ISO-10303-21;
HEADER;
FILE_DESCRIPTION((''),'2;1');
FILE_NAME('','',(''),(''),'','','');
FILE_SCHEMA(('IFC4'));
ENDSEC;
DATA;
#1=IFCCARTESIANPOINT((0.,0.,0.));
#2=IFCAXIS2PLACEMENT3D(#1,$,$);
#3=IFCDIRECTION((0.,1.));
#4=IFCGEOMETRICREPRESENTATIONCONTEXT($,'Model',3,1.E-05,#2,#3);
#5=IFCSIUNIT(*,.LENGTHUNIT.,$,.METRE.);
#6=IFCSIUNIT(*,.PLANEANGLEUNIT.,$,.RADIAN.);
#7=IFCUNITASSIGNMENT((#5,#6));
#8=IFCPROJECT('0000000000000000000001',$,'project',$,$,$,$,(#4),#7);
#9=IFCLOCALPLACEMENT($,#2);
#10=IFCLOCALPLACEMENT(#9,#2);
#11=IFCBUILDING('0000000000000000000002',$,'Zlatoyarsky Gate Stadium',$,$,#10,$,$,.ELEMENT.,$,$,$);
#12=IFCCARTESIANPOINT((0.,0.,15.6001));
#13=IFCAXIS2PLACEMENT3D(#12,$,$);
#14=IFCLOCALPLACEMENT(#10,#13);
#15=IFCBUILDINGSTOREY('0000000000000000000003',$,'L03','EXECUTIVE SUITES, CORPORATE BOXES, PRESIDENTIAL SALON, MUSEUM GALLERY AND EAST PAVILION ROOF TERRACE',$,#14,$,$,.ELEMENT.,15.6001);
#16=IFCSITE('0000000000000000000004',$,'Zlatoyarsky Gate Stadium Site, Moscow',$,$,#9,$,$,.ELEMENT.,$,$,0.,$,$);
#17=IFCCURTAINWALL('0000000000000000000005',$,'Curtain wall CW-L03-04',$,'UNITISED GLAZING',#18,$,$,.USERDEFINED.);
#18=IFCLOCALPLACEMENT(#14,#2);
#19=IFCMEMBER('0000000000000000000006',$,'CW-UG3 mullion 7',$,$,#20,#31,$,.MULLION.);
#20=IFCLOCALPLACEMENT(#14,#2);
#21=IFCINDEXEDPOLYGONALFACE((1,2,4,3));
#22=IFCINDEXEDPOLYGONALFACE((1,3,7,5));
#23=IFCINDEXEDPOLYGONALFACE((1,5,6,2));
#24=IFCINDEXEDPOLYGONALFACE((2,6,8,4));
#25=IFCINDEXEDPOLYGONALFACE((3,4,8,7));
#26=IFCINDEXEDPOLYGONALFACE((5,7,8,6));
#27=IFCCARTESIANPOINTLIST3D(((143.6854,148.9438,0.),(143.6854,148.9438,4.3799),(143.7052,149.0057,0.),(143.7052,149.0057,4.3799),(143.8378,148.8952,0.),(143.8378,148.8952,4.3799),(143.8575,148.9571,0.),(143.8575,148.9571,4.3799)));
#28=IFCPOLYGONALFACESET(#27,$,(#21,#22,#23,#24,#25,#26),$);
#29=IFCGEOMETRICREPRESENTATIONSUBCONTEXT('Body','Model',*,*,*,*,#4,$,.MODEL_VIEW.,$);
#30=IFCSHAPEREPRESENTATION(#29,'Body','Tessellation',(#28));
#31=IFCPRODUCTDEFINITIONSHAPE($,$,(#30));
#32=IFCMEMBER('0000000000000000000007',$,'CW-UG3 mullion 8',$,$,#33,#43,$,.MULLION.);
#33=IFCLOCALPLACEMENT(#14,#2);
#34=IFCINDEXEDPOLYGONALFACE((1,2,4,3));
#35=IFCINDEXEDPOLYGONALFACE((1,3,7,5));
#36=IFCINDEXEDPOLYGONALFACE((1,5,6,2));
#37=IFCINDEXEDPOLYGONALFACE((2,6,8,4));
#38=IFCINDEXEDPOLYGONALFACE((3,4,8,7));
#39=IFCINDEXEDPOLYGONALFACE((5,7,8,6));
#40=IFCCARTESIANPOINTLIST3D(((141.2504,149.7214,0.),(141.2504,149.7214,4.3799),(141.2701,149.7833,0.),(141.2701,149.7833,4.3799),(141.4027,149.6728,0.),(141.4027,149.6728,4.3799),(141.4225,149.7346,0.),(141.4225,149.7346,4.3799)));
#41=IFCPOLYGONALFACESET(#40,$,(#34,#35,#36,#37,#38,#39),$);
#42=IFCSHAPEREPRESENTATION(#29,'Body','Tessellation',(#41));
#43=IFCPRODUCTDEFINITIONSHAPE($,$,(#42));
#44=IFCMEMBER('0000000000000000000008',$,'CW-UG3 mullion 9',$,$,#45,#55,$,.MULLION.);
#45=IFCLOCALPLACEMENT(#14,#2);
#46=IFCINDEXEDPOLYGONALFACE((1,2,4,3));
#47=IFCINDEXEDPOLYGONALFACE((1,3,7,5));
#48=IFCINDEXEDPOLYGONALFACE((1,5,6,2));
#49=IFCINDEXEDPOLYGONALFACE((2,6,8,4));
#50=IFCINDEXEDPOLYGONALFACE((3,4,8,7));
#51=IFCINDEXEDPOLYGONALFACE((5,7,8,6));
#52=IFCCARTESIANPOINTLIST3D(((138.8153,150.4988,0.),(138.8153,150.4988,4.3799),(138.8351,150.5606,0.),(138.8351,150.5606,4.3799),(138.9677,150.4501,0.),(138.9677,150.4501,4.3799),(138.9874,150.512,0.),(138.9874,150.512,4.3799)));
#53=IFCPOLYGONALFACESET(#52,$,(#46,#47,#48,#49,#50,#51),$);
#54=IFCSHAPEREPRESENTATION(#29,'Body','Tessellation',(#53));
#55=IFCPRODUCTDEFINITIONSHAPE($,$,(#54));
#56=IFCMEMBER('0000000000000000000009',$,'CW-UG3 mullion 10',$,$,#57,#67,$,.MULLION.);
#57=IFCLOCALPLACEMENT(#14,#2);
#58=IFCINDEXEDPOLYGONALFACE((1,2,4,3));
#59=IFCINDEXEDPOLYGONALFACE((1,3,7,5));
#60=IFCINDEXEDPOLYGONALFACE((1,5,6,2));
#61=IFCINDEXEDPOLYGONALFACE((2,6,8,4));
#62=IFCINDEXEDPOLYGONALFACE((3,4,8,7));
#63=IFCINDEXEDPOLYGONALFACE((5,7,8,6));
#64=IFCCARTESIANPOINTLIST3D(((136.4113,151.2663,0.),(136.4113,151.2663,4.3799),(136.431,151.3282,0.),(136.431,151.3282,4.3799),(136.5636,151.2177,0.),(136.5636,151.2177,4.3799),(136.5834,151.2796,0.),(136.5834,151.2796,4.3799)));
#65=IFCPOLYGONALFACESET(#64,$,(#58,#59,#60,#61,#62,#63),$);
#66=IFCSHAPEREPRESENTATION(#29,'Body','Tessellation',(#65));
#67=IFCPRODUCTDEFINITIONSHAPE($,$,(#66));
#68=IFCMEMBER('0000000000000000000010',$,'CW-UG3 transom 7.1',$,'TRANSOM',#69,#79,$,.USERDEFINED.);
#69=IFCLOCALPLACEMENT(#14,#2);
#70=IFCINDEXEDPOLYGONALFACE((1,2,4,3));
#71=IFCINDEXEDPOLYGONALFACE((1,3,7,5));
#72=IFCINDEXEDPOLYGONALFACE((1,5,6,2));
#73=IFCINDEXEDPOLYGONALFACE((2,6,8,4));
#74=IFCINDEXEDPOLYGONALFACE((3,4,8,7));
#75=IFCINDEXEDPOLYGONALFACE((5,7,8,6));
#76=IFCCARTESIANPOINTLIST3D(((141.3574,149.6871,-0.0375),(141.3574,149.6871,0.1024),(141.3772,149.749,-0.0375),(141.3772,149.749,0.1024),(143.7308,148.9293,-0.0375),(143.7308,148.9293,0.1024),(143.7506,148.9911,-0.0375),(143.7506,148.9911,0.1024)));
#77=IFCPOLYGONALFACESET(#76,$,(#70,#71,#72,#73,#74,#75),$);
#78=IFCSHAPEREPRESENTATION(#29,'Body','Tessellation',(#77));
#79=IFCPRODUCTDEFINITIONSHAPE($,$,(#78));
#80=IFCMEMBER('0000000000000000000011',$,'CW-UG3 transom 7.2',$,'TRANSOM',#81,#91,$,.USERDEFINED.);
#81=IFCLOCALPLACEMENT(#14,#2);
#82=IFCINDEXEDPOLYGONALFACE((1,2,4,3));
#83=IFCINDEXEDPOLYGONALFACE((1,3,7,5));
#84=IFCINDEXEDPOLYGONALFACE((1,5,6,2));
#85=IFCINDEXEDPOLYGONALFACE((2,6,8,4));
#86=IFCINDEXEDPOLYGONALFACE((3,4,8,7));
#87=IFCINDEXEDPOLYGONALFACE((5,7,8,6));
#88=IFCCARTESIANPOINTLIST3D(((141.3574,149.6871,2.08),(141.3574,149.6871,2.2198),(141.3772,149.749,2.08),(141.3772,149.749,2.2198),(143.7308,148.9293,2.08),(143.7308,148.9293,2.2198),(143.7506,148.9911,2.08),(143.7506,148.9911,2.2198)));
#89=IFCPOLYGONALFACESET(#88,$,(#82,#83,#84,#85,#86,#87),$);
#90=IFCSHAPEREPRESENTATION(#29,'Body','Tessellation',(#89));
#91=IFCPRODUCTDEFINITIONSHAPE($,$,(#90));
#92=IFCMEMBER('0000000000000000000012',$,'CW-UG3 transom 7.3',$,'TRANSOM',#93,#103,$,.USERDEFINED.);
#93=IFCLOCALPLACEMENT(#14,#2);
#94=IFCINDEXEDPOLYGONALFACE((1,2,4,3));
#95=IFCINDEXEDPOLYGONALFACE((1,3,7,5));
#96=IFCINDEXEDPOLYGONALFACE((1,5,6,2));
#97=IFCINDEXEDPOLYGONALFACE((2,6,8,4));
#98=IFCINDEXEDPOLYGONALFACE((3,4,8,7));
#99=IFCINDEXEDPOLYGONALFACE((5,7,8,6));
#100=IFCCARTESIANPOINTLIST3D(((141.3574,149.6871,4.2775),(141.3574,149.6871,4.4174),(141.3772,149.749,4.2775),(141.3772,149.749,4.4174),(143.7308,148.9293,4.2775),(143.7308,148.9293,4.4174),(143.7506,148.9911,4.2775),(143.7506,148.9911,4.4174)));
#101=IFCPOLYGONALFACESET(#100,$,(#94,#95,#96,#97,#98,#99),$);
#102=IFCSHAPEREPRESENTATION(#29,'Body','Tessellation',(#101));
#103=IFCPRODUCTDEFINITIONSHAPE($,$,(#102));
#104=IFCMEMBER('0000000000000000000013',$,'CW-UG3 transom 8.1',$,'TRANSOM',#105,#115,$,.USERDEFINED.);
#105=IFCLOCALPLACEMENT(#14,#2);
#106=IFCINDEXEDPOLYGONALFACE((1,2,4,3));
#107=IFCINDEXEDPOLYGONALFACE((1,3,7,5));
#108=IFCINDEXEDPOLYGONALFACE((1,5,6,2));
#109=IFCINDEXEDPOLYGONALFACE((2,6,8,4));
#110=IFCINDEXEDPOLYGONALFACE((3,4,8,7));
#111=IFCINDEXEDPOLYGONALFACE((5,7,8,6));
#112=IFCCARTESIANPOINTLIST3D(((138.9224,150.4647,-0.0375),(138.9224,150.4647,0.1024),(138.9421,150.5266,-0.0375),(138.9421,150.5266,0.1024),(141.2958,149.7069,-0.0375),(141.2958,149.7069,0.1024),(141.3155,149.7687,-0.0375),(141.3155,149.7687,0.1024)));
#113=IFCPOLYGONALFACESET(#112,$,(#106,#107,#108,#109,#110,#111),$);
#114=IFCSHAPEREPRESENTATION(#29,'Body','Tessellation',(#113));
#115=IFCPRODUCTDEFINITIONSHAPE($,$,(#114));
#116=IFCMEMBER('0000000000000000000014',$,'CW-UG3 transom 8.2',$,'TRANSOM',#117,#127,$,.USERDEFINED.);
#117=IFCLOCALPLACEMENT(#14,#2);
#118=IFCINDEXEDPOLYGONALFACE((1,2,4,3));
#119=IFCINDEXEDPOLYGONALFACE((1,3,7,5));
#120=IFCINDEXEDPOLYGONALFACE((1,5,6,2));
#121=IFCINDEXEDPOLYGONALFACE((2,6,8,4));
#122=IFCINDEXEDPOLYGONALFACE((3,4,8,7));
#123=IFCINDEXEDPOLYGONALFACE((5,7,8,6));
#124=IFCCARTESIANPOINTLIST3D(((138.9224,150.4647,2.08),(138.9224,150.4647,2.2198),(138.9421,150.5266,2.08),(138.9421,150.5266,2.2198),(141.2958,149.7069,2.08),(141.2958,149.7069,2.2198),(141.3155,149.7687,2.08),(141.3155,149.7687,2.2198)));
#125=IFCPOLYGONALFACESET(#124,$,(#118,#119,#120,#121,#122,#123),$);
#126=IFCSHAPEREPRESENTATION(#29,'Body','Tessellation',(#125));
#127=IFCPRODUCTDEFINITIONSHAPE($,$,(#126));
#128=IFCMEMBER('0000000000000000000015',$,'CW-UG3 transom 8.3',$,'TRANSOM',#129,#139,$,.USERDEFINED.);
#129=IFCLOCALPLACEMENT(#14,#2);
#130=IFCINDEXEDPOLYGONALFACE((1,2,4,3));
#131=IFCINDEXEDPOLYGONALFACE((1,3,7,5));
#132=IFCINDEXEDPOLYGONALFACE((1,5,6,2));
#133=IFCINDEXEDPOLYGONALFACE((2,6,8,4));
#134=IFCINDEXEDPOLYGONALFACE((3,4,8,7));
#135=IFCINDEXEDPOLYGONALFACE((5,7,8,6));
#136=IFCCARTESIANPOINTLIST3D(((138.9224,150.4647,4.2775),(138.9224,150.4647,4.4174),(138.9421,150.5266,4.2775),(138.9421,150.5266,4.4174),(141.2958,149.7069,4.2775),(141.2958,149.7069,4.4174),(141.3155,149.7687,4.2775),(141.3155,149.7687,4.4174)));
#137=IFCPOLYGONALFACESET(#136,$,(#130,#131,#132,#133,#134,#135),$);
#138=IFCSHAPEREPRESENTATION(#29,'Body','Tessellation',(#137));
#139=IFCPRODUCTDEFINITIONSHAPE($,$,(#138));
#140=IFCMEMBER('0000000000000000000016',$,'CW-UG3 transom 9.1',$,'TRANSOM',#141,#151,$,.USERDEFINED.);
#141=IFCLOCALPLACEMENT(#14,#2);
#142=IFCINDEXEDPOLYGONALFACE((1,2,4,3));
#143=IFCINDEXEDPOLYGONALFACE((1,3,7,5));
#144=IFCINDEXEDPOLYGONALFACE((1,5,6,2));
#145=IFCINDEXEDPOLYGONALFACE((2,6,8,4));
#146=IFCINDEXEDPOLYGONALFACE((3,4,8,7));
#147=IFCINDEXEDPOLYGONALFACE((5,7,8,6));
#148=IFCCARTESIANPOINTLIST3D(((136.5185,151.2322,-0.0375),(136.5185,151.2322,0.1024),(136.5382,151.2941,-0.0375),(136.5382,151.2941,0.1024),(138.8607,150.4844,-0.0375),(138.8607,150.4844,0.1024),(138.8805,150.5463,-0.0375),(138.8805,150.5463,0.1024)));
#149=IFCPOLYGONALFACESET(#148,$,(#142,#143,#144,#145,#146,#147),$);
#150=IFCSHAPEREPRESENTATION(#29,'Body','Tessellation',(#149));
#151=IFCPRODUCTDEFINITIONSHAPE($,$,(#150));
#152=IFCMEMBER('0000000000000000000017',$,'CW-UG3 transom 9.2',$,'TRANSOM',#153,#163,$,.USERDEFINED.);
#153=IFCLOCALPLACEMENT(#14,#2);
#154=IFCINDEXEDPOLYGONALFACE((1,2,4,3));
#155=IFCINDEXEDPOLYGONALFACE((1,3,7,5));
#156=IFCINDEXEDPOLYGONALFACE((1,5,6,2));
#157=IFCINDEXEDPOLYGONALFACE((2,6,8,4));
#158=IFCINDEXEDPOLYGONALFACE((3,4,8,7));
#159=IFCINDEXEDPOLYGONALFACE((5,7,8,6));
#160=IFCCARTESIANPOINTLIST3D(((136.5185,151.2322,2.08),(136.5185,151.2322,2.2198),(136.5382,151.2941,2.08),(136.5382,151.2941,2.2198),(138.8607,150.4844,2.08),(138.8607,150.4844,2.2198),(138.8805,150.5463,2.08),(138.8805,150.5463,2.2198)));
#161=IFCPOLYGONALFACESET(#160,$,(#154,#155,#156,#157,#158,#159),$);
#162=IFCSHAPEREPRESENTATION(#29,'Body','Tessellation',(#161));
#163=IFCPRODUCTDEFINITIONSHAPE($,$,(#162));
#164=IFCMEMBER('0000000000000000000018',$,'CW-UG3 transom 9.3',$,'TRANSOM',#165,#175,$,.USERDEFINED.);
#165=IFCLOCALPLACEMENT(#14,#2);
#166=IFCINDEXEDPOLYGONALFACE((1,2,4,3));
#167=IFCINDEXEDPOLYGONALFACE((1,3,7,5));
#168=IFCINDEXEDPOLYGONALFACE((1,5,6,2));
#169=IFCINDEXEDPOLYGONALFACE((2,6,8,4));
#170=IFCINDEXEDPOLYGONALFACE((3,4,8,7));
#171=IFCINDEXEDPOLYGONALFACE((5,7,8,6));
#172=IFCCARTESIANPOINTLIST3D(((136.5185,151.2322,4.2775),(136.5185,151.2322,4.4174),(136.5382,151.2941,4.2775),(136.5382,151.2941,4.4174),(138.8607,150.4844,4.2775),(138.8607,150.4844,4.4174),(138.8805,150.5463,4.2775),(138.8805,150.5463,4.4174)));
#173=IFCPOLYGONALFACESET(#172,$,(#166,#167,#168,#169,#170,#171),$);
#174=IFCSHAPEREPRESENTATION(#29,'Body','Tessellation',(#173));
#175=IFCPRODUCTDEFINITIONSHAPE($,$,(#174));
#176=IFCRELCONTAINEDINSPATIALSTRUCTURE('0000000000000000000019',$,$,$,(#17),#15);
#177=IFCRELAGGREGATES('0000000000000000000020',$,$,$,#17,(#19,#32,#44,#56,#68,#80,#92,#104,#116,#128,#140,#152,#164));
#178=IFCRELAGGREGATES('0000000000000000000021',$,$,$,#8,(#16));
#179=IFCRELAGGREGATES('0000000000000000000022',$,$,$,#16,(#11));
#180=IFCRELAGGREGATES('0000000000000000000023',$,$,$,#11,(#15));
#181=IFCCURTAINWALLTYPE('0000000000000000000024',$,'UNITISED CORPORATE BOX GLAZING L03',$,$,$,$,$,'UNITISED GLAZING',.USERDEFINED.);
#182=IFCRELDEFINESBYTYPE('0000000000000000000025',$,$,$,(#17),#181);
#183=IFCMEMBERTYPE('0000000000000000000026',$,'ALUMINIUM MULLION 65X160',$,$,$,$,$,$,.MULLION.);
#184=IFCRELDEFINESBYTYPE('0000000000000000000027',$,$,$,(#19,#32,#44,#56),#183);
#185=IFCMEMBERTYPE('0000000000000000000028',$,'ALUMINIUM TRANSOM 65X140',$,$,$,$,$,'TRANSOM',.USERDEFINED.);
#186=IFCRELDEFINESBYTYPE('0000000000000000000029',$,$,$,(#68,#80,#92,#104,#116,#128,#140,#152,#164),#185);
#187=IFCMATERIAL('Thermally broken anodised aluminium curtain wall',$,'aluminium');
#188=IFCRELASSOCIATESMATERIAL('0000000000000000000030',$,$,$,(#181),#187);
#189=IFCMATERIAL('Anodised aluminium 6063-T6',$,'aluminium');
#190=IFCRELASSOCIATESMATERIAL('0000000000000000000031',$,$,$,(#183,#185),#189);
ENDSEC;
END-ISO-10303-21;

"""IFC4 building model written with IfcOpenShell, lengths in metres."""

from ifc_helpers import new_model, si_unit, direction, frame, origin, origin_2d, place, context, subcontext, project, spatial, rectangle, extrude, material, material_profile, profile_set, type_object, element, aggregate, save


model = new_model("IFC4")

# Units and contexts
model_context = context("Model", 3, precision=1e-05, world=origin(), true_north=direction((0.0, 1.0)))
body_context = subcontext(model_context, "Body", "Model", "MODEL_VIEW")
ifc_project = project(units=[si_unit("LENGTHUNIT", "METRE"), si_unit("PLANEANGLEUNIT", "RADIAN")], contexts=[model_context])

# Site, building, storey
site_placement = place(None, origin())
site = spatial("IfcSite", under=ifc_project, at=site_placement, Name="Zlatoyarsky Gate Stadium Site, Moscow", CompositionType="ELEMENT", RefElevation=0.0)
building_placement = place(site_placement, origin())
building = spatial("IfcBuilding", under=site, at=building_placement, Name="Zlatoyarsky Gate Stadium", CompositionType="ELEMENT")
storey_placement = place(building_placement, frame((0.0, 0.0, 15.6001)))
storey = spatial("IfcBuildingStorey", under=building, at=storey_placement, Name="L03", Description="EXECUTIVE SUITES, CORPORATE BOXES, PRESIDENTIAL SALON, MUSEUM GALLERY AND EAST PAVILION ROOF TERRACE", CompositionType="ELEMENT", Elevation=15.6001)

# Curtain wall, members
ifc_material_1 = material(Name="Thermally broken anodised aluminium curtain wall", Category="aluminium")
curtain_wall_type = type_object("IfcCurtainWallType", Name="UNITISED CORPORATE BOX GLAZING L03", ElementType="UNITISED GLAZING", PredefinedType="USERDEFINED", material=ifc_material_1)
curtain_wall_placement = place(storey_placement, origin())
curtain_wall = element("IfcCurtainWall", 1, at=curtain_wall_placement, inside=storey, type_object=curtain_wall_type, Name="Curtain wall CW-L03-04", ObjectType="UNITISED GLAZING", PredefinedType="USERDEFINED")
ifc_material_2 = material(Name="Anodised aluminium 6063-T6", Category="aluminium")
ifc_material_profile_1 = material_profile(ifc_material_2, rectangle(XDim=0.0649, YDim=0.1599, at=origin_2d()), Name="ALU 65X160")
ifc_profile_set_1 = profile_set([ifc_material_profile_1], Name="Anodised aluminium 6063-T6")
member_type_1 = type_object("IfcMemberType", Name="ALUMINIUM MULLION 65X160", PredefinedType="MULLION", material=ifc_profile_set_1)
member_1_placement = place(storey_placement, frame((143.7715, 148.9504, 0.0), z_axis=(0.0, 0.0, 1.0), x_axis=(-0.304162, -0.95262, 0.0)))
member_1 = element("IfcMember", 2, at=member_1_placement, type_object=member_type_1, Name="CW-UG3 mullion 7", PredefinedType="MULLION", context=body_context, shape_type="SweptSolid", body=[
    extrude(rectangle(XDim=0.0649, YDim=0.1599, at=origin_2d()), origin(), (0.0, 0.0, 1.0), 4.3799),
])
member_2_placement = place(storey_placement, frame((141.3364, 149.728, 0.0), z_axis=(0.0, 0.0, 1.0), x_axis=(-0.304162, -0.95262, 0.0)))
member_2 = element("IfcMember", 3, at=member_2_placement, type_object=member_type_1, Name="CW-UG3 mullion 8", PredefinedType="MULLION", context=body_context, shape_type="SweptSolid", body=[
    extrude(rectangle(XDim=0.0649, YDim=0.1599, at=origin_2d()), origin(), (0.0, 0.0, 1.0), 4.3799),
])
member_3_placement = place(storey_placement, frame((138.9014, 150.5054, 0.0), z_axis=(0.0, 0.0, 1.0), x_axis=(-0.304162, -0.95262, 0.0)))
member_3 = element("IfcMember", 4, at=member_3_placement, type_object=member_type_1, Name="CW-UG3 mullion 9", PredefinedType="MULLION", context=body_context, shape_type="SweptSolid", body=[
    extrude(rectangle(XDim=0.0649, YDim=0.1599, at=origin_2d()), origin(), (0.0, 0.0, 1.0), 4.3799),
])
member_4_placement = place(storey_placement, frame((136.4973, 151.2729, 0.0), z_axis=(0.0, 0.0, 1.0), x_axis=(-0.304162, -0.95262, 0.0)))
member_4 = element("IfcMember", 5, at=member_4_placement, type_object=member_type_1, Name="CW-UG3 mullion 10", PredefinedType="MULLION", context=body_context, shape_type="SweptSolid", body=[
    extrude(rectangle(XDim=0.0649, YDim=0.1599, at=origin_2d()), origin(), (0.0, 0.0, 1.0), 4.3799),
])
ifc_material_profile_2 = material_profile(ifc_material_2, rectangle(XDim=0.0649, YDim=0.1399, at=origin_2d()), Name="ALU 65X140")
ifc_profile_set_2 = profile_set([ifc_material_profile_2], Name="Anodised aluminium 6063-T6")
member_type_2 = type_object("IfcMemberType", Name="ALUMINIUM TRANSOM 65X140", ElementType="TRANSOM", PredefinedType="USERDEFINED", material=ifc_profile_set_2)
member_5_placement = place(storey_placement, frame((143.7407, 148.9602, 0.0325), z_axis=(-0.952615, 0.304178, 0.0), x_axis=(-0.304178, -0.952615, 0.0)))
member_5 = element("IfcMember", 6, at=member_5_placement, type_object=member_type_2, Name="CW-UG3 transom 7.1", ObjectType="TRANSOM", PredefinedType="USERDEFINED", context=body_context, shape_type="SweptSolid", body=[
    extrude(rectangle(XDim=0.0649, YDim=0.1399, at=origin_2d()), origin(), (0.0, 0.0, 1.0), 2.4915),
])
member_6_placement = place(storey_placement, frame((143.7407, 148.9602, 2.1499), z_axis=(-0.952615, 0.304178, 0.0), x_axis=(-0.304178, -0.952615, 0.0)))
member_6 = element("IfcMember", 7, at=member_6_placement, type_object=member_type_2, Name="CW-UG3 transom 7.2", ObjectType="TRANSOM", PredefinedType="USERDEFINED", context=body_context, shape_type="SweptSolid", body=[
    extrude(rectangle(XDim=0.0649, YDim=0.1399, at=origin_2d()), origin(), (0.0, 0.0, 1.0), 2.4915),
])
member_7_placement = place(storey_placement, frame((143.7407, 148.9602, 4.3474), z_axis=(-0.952615, 0.304178, 0.0), x_axis=(-0.304178, -0.952615, 0.0)))
member_7 = element("IfcMember", 8, at=member_7_placement, type_object=member_type_2, Name="CW-UG3 transom 7.3", ObjectType="TRANSOM", PredefinedType="USERDEFINED", context=body_context, shape_type="SweptSolid", body=[
    extrude(rectangle(XDim=0.0649, YDim=0.1399, at=origin_2d()), origin(), (0.0, 0.0, 1.0), 2.4915),
])
member_8_placement = place(storey_placement, frame((141.3057, 149.7378, 0.0325), z_axis=(-0.952615, 0.304178, 0.0), x_axis=(-0.304178, -0.952615, 0.0)))
member_8 = element("IfcMember", 9, at=member_8_placement, type_object=member_type_2, Name="CW-UG3 transom 8.1", ObjectType="TRANSOM", PredefinedType="USERDEFINED", context=body_context, shape_type="SweptSolid", body=[
    extrude(rectangle(XDim=0.0649, YDim=0.1399, at=origin_2d()), origin(), (0.0, 0.0, 1.0), 2.4915),
])
member_9_placement = place(storey_placement, frame((141.3057, 149.7378, 2.1499), z_axis=(-0.952615, 0.304178, 0.0), x_axis=(-0.304178, -0.952615, 0.0)))
member_9 = element("IfcMember", 10, at=member_9_placement, type_object=member_type_2, Name="CW-UG3 transom 8.2", ObjectType="TRANSOM", PredefinedType="USERDEFINED", context=body_context, shape_type="SweptSolid", body=[
    extrude(rectangle(XDim=0.0649, YDim=0.1399, at=origin_2d()), origin(), (0.0, 0.0, 1.0), 2.4915),
])
member_10_placement = place(storey_placement, frame((141.3057, 149.7378, 4.3474), z_axis=(-0.952615, 0.304178, 0.0), x_axis=(-0.304178, -0.952615, 0.0)))
member_10 = element("IfcMember", 11, at=member_10_placement, type_object=member_type_2, Name="CW-UG3 transom 8.3", ObjectType="TRANSOM", PredefinedType="USERDEFINED", context=body_context, shape_type="SweptSolid", body=[
    extrude(rectangle(XDim=0.0649, YDim=0.1399, at=origin_2d()), origin(), (0.0, 0.0, 1.0), 2.4915),
])
member_11_placement = place(storey_placement, frame((138.8706, 150.5154, 0.0325), z_axis=(-0.952628, 0.304138, 0.0), x_axis=(-0.304138, -0.952628, 0.0)))
member_11 = element("IfcMember", 12, at=member_11_placement, type_object=member_type_2, Name="CW-UG3 transom 9.1", ObjectType="TRANSOM", PredefinedType="USERDEFINED", context=body_context, shape_type="SweptSolid", body=[
    extrude(rectangle(XDim=0.0649, YDim=0.1399, at=origin_2d()), origin(), (0.0, 0.0, 1.0), 2.4587),
])
member_12_placement = place(storey_placement, frame((138.8706, 150.5154, 2.1499), z_axis=(-0.952628, 0.304138, 0.0), x_axis=(-0.304138, -0.952628, 0.0)))
member_12 = element("IfcMember", 13, at=member_12_placement, type_object=member_type_2, Name="CW-UG3 transom 9.2", ObjectType="TRANSOM", PredefinedType="USERDEFINED", context=body_context, shape_type="SweptSolid", body=[
    extrude(rectangle(XDim=0.0649, YDim=0.1399, at=origin_2d()), origin(), (0.0, 0.0, 1.0), 2.4587),
])
member_13_placement = place(storey_placement, frame((138.8706, 150.5154, 4.3474), z_axis=(-0.952628, 0.304138, 0.0), x_axis=(-0.304138, -0.952628, 0.0)))
member_13 = element("IfcMember", 14, at=member_13_placement, type_object=member_type_2, Name="CW-UG3 transom 9.3", ObjectType="TRANSOM", PredefinedType="USERDEFINED", context=body_context, shape_type="SweptSolid", body=[
    extrude(rectangle(XDim=0.0649, YDim=0.1399, at=origin_2d()), origin(), (0.0, 0.0, 1.0), 2.4587),
])

aggregate(curtain_wall, [member_1, member_2, member_3, member_4, member_5, member_6, member_7, member_8, member_9, member_10, member_11, member_12, member_13])

save(model, "model.ifc")
